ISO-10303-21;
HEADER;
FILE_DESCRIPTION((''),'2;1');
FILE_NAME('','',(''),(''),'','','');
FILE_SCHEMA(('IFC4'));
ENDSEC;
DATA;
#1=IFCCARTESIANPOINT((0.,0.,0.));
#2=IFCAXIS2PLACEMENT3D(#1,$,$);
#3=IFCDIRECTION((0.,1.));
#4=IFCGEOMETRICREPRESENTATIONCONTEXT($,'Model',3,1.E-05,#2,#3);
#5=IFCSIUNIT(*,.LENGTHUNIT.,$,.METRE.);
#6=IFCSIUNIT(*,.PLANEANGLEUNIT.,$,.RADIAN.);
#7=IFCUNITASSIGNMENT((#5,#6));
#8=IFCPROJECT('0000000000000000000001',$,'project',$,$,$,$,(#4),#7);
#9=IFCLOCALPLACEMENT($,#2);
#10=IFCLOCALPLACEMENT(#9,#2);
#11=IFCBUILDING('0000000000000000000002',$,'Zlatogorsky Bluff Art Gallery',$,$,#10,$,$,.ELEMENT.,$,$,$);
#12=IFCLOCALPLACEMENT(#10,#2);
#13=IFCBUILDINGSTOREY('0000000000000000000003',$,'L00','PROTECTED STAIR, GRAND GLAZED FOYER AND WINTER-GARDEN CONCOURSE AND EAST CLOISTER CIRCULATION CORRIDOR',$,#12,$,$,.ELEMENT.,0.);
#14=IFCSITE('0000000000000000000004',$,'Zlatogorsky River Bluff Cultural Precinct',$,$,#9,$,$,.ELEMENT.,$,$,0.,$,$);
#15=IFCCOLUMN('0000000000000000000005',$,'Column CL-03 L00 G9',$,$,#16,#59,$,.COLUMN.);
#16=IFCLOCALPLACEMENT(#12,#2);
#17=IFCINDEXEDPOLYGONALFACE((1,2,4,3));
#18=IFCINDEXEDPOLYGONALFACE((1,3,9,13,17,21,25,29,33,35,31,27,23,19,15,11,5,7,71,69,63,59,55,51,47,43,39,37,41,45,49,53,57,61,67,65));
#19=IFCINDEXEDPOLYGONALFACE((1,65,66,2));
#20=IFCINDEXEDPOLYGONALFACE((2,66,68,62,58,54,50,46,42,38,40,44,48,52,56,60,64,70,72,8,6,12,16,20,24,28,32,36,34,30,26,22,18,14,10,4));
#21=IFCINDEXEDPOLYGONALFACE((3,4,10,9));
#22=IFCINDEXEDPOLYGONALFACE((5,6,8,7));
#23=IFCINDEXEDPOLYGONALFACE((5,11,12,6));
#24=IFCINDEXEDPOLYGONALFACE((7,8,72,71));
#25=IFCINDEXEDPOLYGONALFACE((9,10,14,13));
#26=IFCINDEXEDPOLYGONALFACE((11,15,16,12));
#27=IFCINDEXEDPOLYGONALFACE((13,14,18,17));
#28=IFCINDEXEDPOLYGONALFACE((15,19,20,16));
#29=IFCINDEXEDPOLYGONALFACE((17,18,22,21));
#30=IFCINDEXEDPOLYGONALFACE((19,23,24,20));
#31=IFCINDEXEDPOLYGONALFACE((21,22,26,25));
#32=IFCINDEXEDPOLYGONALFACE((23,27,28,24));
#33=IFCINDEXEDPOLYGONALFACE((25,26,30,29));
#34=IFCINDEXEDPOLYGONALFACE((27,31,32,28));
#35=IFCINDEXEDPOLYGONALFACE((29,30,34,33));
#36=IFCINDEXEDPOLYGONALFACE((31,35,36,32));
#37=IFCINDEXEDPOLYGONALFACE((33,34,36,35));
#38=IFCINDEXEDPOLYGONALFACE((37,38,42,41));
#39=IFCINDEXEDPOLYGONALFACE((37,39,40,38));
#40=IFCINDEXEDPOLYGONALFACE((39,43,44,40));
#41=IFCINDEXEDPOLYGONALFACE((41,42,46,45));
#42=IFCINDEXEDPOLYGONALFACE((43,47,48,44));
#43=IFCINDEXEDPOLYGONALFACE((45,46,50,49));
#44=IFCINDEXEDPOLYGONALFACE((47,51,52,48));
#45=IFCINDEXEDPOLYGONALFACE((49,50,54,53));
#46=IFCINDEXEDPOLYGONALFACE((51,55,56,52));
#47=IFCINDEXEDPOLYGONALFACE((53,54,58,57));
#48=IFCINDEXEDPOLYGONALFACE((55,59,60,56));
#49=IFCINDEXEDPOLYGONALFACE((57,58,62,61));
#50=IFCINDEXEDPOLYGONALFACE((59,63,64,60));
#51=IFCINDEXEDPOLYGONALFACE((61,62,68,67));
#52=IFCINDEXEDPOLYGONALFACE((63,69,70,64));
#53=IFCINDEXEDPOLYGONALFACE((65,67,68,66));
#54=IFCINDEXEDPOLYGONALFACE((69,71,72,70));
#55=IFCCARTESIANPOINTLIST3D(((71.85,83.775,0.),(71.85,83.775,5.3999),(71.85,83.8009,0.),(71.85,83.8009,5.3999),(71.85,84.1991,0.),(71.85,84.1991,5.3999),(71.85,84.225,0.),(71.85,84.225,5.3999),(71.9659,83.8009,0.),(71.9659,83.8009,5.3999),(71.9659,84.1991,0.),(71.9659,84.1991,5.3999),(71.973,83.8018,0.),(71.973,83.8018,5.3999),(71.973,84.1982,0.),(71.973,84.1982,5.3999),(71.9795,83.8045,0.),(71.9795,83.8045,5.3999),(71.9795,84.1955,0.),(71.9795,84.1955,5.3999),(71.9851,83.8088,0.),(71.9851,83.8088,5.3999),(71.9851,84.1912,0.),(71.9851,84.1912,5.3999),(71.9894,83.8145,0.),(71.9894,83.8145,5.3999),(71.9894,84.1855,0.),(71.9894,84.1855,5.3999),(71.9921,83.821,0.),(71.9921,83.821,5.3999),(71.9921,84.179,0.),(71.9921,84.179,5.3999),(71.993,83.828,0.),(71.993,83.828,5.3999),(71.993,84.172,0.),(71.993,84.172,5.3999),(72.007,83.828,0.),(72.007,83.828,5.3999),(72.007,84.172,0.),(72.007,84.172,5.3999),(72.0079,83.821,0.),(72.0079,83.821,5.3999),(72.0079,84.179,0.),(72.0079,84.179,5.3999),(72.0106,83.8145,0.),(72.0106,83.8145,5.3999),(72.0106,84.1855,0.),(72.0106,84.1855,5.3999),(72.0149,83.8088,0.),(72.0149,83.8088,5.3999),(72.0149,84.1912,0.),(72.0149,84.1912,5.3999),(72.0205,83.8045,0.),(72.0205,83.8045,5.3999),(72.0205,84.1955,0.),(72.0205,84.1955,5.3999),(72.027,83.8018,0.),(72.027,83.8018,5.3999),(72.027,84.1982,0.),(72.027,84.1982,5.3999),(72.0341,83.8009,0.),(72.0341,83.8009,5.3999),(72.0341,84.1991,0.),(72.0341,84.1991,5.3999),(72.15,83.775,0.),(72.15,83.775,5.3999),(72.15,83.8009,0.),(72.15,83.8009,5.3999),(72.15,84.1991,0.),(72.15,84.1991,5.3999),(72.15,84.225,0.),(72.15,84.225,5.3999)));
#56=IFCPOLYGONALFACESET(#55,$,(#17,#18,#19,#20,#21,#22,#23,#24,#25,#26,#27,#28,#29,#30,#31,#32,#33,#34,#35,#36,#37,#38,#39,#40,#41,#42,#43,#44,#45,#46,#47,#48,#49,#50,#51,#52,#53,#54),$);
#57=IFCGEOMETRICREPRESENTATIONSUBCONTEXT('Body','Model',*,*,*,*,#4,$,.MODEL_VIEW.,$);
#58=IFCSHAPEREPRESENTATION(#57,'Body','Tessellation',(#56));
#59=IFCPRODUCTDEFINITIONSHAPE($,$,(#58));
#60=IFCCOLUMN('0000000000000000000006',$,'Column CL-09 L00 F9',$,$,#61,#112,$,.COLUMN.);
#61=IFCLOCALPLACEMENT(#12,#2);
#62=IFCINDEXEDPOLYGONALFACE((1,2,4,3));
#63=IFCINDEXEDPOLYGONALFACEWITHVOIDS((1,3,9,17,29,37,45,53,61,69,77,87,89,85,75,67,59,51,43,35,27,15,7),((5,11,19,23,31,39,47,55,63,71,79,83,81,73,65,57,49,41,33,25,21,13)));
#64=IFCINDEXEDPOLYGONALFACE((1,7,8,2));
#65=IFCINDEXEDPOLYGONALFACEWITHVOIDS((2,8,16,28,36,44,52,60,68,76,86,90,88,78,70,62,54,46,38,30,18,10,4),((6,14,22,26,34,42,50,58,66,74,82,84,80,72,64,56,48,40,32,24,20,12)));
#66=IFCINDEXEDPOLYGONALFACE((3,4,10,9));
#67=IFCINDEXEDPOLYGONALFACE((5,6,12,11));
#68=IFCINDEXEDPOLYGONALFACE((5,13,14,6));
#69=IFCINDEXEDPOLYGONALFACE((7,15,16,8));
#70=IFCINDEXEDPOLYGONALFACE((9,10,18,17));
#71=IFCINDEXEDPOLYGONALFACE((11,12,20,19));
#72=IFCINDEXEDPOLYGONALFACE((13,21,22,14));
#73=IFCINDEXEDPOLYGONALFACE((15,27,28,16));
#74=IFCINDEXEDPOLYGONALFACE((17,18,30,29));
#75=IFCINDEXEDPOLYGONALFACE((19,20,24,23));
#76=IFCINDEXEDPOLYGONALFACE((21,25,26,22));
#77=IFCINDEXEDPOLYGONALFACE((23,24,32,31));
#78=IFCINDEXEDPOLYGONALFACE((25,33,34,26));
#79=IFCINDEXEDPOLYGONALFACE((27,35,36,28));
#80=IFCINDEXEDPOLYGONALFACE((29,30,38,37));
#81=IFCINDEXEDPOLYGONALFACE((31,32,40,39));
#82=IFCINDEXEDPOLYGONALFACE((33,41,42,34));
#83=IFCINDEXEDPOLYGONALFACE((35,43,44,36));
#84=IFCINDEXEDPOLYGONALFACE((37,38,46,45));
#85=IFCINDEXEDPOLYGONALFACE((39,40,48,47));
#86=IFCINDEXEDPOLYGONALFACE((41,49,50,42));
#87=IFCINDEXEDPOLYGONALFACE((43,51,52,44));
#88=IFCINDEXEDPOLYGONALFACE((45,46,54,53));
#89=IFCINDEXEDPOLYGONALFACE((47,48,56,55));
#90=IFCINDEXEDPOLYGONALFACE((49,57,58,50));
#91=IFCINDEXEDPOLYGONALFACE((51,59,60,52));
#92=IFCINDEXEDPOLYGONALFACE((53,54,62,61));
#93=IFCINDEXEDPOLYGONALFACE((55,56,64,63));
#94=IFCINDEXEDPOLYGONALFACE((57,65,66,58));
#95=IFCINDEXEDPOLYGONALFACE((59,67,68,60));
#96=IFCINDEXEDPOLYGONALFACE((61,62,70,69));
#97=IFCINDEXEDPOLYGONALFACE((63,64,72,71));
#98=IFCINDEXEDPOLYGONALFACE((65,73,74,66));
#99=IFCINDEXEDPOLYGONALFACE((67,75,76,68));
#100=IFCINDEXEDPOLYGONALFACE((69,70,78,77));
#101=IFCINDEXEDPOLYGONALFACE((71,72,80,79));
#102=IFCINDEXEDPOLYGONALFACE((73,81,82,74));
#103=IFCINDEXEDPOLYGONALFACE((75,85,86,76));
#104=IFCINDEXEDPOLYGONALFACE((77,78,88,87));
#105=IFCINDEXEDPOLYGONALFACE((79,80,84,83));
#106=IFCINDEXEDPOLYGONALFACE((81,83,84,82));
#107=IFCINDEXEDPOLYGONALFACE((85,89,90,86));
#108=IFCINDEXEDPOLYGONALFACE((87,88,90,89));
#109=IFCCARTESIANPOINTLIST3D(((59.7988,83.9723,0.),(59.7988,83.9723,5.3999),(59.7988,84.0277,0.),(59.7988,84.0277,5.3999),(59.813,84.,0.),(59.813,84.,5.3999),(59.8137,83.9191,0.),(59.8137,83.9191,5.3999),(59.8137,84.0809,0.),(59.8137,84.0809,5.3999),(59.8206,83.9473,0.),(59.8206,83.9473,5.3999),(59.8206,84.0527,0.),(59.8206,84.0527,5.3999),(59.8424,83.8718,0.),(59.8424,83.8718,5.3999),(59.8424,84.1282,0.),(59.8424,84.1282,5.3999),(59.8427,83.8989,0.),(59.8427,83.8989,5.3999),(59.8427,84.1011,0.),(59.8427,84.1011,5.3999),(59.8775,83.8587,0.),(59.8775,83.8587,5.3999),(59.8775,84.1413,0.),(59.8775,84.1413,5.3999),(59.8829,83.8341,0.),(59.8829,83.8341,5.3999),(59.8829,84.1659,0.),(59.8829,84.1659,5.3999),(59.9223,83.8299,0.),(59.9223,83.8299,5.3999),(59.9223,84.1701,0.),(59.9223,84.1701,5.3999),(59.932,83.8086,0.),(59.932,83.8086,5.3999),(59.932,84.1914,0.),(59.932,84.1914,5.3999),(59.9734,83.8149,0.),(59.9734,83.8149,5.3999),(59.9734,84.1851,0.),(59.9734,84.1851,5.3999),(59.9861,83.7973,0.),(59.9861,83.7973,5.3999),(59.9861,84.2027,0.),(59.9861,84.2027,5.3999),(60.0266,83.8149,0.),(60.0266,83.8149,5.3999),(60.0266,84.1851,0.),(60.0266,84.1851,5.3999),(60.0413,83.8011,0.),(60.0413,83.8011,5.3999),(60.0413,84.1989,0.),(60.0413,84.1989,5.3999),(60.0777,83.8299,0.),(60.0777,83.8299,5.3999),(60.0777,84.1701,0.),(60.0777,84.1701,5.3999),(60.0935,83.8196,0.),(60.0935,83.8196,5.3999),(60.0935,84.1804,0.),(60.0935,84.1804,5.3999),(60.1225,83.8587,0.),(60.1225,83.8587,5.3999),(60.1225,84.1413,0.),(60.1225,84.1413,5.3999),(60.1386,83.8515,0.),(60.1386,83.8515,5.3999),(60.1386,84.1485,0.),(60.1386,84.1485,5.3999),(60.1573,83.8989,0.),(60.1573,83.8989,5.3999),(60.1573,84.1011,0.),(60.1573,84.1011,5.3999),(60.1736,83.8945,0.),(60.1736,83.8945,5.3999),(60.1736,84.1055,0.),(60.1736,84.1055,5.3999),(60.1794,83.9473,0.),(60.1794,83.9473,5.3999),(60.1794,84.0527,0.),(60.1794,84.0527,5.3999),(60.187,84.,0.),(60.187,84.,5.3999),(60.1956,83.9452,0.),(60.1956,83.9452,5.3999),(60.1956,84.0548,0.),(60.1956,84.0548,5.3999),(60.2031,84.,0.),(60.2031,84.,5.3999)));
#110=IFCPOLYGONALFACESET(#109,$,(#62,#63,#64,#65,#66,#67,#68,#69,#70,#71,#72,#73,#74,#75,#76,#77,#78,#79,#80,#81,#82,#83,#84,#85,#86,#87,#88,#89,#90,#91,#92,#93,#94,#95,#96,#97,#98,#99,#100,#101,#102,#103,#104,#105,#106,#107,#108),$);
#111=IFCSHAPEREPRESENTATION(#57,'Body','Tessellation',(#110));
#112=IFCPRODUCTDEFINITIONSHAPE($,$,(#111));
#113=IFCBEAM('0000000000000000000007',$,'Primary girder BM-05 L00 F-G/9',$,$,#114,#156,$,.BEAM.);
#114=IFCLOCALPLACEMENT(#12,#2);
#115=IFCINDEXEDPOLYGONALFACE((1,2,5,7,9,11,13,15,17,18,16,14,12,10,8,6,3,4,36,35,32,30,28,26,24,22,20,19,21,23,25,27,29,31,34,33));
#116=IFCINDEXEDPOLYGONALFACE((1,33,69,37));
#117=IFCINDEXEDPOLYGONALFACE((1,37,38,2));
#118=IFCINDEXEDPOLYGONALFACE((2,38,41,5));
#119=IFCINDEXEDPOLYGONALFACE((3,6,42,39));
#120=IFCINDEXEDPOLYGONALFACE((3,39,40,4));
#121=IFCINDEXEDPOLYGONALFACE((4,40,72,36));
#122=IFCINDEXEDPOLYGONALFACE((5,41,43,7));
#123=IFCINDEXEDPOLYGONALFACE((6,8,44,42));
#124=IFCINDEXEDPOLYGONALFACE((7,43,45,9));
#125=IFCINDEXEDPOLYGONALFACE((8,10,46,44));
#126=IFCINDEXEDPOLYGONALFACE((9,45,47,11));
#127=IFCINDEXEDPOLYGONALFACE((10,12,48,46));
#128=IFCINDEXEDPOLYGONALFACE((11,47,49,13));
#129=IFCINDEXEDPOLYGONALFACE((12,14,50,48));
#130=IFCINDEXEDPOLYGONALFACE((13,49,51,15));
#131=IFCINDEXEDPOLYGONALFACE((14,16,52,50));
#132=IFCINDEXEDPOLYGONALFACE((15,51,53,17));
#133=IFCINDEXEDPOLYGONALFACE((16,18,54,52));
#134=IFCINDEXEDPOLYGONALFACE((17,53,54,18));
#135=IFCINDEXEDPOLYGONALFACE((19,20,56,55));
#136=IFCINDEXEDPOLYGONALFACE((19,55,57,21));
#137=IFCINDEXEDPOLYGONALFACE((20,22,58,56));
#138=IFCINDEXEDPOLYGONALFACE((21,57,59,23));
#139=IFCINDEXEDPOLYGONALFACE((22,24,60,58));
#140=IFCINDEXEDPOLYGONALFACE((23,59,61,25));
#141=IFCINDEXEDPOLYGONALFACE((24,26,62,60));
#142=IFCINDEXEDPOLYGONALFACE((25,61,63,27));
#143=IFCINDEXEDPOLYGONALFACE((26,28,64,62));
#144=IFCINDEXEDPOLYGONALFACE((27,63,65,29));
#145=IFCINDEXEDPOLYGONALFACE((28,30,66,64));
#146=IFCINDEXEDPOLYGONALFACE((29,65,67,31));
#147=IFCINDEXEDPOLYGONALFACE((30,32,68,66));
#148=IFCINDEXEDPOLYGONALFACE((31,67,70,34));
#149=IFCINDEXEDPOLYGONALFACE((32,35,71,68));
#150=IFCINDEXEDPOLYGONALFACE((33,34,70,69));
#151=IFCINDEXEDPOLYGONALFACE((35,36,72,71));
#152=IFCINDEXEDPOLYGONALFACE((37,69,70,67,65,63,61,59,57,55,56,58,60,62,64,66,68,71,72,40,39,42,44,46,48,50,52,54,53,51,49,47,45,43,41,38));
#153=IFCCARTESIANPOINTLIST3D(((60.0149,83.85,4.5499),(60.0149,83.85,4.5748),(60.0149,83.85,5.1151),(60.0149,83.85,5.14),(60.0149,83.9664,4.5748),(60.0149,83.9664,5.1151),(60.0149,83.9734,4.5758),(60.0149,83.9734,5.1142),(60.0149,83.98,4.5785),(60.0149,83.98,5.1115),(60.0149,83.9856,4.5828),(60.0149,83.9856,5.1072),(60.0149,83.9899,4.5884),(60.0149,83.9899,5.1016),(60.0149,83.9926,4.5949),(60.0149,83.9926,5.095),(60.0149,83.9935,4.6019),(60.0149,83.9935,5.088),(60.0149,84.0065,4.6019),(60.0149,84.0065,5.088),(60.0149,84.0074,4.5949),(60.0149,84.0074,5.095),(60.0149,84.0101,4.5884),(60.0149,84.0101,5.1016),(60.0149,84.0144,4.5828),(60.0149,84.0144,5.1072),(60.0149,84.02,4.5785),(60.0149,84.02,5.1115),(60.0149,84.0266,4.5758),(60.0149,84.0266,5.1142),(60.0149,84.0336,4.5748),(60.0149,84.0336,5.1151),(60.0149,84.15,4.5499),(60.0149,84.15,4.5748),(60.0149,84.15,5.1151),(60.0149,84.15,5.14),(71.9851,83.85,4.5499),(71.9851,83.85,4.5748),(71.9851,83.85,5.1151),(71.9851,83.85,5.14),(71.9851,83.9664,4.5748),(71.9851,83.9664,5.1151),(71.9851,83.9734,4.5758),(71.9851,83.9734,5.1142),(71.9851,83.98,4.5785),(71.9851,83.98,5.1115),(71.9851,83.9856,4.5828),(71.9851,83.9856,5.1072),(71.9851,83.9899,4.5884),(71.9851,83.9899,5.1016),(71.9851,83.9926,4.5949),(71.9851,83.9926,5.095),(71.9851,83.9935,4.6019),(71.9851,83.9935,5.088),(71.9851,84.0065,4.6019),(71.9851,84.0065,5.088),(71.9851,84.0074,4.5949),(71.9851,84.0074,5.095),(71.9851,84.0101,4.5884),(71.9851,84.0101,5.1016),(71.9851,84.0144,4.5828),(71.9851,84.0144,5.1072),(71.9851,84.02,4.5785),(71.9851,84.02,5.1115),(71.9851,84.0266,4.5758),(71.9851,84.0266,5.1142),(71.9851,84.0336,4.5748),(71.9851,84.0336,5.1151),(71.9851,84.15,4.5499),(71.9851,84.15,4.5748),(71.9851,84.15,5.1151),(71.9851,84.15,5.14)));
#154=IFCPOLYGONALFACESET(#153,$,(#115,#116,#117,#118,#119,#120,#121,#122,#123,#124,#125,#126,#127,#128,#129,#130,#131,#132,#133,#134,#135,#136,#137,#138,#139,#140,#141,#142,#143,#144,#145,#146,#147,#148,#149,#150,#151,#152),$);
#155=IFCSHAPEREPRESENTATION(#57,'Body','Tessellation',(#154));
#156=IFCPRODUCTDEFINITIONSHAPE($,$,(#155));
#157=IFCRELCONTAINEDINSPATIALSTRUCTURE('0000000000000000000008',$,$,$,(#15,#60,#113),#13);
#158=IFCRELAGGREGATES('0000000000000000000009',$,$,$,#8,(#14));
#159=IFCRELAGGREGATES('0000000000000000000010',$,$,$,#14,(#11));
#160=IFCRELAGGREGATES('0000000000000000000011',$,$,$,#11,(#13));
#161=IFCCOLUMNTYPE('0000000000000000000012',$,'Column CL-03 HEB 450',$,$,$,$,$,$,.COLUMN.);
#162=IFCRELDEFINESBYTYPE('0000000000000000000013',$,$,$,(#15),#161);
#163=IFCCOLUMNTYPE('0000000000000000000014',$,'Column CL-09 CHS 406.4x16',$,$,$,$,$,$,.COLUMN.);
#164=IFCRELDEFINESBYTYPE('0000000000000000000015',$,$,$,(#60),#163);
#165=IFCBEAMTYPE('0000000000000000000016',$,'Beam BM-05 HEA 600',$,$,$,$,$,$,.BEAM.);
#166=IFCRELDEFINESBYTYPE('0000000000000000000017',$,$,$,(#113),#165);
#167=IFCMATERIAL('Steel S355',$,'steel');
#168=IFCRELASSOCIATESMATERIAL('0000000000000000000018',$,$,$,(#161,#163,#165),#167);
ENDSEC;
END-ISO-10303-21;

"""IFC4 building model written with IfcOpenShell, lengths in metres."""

from ifc_helpers import new_model, si_unit, direction, frame, origin, origin_2d, place, context, subcontext, project, spatial, hollow_circle, i_section, extrude, material, material_profile, profile_set, type_object, element, save


model = new_model("IFC4")

# Units and contexts
model_context = context("Model", 3, precision=1e-05, world=origin(), true_north=direction((0.0, 1.0)))
body_context = subcontext(model_context, "Body", "Model", "MODEL_VIEW")
ifc_project = project(units=[si_unit("LENGTHUNIT", "METRE"), si_unit("PLANEANGLEUNIT", "RADIAN")], contexts=[model_context])

# Site, building, storey
site_placement = place(None, origin())
site = spatial("IfcSite", under=ifc_project, at=site_placement, Name="Zlatogorsky River Bluff Cultural Precinct", CompositionType="ELEMENT", RefElevation=0.0)
building_placement = place(site_placement, origin())
building = spatial("IfcBuilding", under=site, at=building_placement, Name="Zlatogorsky Bluff Art Gallery", CompositionType="ELEMENT")
storey_placement = place(building_placement, origin())
storey = spatial("IfcBuildingStorey", under=building, at=storey_placement, Name="L00", Description="PROTECTED STAIR, GRAND GLAZED FOYER AND WINTER-GARDEN CONCOURSE AND EAST CLOISTER CIRCULATION CORRIDOR", CompositionType="ELEMENT", Elevation=0.0)

# Columns
ifc_material_1 = material(Name="Steel S355", Category="steel")
ifc_material_profile_1 = material_profile(ifc_material_1, i_section(OverallWidth=0.3, OverallDepth=0.45, WebThickness=0.0139, FlangeThickness=0.0259, FilletRadius=0.0271, at=origin_2d()), Name="HEB 450")
ifc_profile_set_1 = profile_set([ifc_material_profile_1], Name="Steel S355")
column_type_1 = type_object("IfcColumnType", Name="Column CL-03 HEB 450", PredefinedType="COLUMN", material=ifc_profile_set_1)
column_1_placement = place(storey_placement, frame((72.0, 84.0, 0.0), z_axis=(0.0, 0.0, 1.0), x_axis=(1.0, 0.0, 0.0)))
element("IfcColumn", 1, at=column_1_placement, inside=storey, type_object=column_type_1, Name="Column CL-03 L00 G9", PredefinedType="COLUMN", context=body_context, shape_type="SweptSolid", body=[
    extrude(i_section(OverallWidth=0.3, OverallDepth=0.45, WebThickness=0.0139, FlangeThickness=0.0259, FilletRadius=0.0271, at=origin_2d()), origin(), (0.0, 0.0, 1.0), 5.3999),
])
ifc_material_profile_2 = material_profile(ifc_material_1, hollow_circle(Radius=0.2031, WallThickness=0.0161, at=origin_2d()), Name="CHS 406.4x16")
ifc_profile_set_2 = profile_set([ifc_material_profile_2], Name="Steel S355")
column_type_2 = type_object("IfcColumnType", Name="Column CL-09 CHS 406.4x16", PredefinedType="COLUMN", material=ifc_profile_set_2)
column_2_placement = place(storey_placement, frame((60.0, 84.0, 0.0), z_axis=(0.0, 0.0, 1.0), x_axis=(1.0, 0.0, 0.0)))
element("IfcColumn", 2, at=column_2_placement, inside=storey, type_object=column_type_2, Name="Column CL-09 L00 F9", PredefinedType="COLUMN", context=body_context, shape_type="SweptSolid", body=[
    extrude(hollow_circle(Radius=0.2031, WallThickness=0.0161, at=origin_2d()), origin(), (0.0, 0.0, 1.0), 5.3999),
])

# Beam
ifc_material_profile_3 = material_profile(ifc_material_1, i_section(OverallWidth=0.3, OverallDepth=0.5901, WebThickness=0.0129, FlangeThickness=0.0249, FilletRadius=0.0271, at=origin_2d()), Name="HEA 600")
ifc_profile_set_3 = profile_set([ifc_material_profile_3], Name="Steel S355")
beam_type_1 = type_object("IfcBeamType", Name="Beam BM-05 HEA 600", PredefinedType="BEAM", material=ifc_profile_set_3)
for number, where, z_axis, x_axis, name in (
    (3, (60.0149, 84.0, 4.845), (1.0, 0.0, 0.0), (0.0, 1.0, 0.0), "Primary girder BM-05 L00 F-G/9"),
):
    element("IfcBeam", number, at=place(storey_placement, frame(where, z_axis=z_axis, x_axis=x_axis)), inside=storey, type_object=beam_type_1, Name=name, PredefinedType="BEAM", context=body_context, shape_type="SweptSolid", body=[
        extrude(i_section(OverallWidth=0.3, OverallDepth=0.5901, WebThickness=0.0129, FlangeThickness=0.0249, FilletRadius=0.0271, at=origin_2d()), origin(), (0.0, 0.0, 1.0), 11.9702),
    ])

save(model, "model.ifc")
